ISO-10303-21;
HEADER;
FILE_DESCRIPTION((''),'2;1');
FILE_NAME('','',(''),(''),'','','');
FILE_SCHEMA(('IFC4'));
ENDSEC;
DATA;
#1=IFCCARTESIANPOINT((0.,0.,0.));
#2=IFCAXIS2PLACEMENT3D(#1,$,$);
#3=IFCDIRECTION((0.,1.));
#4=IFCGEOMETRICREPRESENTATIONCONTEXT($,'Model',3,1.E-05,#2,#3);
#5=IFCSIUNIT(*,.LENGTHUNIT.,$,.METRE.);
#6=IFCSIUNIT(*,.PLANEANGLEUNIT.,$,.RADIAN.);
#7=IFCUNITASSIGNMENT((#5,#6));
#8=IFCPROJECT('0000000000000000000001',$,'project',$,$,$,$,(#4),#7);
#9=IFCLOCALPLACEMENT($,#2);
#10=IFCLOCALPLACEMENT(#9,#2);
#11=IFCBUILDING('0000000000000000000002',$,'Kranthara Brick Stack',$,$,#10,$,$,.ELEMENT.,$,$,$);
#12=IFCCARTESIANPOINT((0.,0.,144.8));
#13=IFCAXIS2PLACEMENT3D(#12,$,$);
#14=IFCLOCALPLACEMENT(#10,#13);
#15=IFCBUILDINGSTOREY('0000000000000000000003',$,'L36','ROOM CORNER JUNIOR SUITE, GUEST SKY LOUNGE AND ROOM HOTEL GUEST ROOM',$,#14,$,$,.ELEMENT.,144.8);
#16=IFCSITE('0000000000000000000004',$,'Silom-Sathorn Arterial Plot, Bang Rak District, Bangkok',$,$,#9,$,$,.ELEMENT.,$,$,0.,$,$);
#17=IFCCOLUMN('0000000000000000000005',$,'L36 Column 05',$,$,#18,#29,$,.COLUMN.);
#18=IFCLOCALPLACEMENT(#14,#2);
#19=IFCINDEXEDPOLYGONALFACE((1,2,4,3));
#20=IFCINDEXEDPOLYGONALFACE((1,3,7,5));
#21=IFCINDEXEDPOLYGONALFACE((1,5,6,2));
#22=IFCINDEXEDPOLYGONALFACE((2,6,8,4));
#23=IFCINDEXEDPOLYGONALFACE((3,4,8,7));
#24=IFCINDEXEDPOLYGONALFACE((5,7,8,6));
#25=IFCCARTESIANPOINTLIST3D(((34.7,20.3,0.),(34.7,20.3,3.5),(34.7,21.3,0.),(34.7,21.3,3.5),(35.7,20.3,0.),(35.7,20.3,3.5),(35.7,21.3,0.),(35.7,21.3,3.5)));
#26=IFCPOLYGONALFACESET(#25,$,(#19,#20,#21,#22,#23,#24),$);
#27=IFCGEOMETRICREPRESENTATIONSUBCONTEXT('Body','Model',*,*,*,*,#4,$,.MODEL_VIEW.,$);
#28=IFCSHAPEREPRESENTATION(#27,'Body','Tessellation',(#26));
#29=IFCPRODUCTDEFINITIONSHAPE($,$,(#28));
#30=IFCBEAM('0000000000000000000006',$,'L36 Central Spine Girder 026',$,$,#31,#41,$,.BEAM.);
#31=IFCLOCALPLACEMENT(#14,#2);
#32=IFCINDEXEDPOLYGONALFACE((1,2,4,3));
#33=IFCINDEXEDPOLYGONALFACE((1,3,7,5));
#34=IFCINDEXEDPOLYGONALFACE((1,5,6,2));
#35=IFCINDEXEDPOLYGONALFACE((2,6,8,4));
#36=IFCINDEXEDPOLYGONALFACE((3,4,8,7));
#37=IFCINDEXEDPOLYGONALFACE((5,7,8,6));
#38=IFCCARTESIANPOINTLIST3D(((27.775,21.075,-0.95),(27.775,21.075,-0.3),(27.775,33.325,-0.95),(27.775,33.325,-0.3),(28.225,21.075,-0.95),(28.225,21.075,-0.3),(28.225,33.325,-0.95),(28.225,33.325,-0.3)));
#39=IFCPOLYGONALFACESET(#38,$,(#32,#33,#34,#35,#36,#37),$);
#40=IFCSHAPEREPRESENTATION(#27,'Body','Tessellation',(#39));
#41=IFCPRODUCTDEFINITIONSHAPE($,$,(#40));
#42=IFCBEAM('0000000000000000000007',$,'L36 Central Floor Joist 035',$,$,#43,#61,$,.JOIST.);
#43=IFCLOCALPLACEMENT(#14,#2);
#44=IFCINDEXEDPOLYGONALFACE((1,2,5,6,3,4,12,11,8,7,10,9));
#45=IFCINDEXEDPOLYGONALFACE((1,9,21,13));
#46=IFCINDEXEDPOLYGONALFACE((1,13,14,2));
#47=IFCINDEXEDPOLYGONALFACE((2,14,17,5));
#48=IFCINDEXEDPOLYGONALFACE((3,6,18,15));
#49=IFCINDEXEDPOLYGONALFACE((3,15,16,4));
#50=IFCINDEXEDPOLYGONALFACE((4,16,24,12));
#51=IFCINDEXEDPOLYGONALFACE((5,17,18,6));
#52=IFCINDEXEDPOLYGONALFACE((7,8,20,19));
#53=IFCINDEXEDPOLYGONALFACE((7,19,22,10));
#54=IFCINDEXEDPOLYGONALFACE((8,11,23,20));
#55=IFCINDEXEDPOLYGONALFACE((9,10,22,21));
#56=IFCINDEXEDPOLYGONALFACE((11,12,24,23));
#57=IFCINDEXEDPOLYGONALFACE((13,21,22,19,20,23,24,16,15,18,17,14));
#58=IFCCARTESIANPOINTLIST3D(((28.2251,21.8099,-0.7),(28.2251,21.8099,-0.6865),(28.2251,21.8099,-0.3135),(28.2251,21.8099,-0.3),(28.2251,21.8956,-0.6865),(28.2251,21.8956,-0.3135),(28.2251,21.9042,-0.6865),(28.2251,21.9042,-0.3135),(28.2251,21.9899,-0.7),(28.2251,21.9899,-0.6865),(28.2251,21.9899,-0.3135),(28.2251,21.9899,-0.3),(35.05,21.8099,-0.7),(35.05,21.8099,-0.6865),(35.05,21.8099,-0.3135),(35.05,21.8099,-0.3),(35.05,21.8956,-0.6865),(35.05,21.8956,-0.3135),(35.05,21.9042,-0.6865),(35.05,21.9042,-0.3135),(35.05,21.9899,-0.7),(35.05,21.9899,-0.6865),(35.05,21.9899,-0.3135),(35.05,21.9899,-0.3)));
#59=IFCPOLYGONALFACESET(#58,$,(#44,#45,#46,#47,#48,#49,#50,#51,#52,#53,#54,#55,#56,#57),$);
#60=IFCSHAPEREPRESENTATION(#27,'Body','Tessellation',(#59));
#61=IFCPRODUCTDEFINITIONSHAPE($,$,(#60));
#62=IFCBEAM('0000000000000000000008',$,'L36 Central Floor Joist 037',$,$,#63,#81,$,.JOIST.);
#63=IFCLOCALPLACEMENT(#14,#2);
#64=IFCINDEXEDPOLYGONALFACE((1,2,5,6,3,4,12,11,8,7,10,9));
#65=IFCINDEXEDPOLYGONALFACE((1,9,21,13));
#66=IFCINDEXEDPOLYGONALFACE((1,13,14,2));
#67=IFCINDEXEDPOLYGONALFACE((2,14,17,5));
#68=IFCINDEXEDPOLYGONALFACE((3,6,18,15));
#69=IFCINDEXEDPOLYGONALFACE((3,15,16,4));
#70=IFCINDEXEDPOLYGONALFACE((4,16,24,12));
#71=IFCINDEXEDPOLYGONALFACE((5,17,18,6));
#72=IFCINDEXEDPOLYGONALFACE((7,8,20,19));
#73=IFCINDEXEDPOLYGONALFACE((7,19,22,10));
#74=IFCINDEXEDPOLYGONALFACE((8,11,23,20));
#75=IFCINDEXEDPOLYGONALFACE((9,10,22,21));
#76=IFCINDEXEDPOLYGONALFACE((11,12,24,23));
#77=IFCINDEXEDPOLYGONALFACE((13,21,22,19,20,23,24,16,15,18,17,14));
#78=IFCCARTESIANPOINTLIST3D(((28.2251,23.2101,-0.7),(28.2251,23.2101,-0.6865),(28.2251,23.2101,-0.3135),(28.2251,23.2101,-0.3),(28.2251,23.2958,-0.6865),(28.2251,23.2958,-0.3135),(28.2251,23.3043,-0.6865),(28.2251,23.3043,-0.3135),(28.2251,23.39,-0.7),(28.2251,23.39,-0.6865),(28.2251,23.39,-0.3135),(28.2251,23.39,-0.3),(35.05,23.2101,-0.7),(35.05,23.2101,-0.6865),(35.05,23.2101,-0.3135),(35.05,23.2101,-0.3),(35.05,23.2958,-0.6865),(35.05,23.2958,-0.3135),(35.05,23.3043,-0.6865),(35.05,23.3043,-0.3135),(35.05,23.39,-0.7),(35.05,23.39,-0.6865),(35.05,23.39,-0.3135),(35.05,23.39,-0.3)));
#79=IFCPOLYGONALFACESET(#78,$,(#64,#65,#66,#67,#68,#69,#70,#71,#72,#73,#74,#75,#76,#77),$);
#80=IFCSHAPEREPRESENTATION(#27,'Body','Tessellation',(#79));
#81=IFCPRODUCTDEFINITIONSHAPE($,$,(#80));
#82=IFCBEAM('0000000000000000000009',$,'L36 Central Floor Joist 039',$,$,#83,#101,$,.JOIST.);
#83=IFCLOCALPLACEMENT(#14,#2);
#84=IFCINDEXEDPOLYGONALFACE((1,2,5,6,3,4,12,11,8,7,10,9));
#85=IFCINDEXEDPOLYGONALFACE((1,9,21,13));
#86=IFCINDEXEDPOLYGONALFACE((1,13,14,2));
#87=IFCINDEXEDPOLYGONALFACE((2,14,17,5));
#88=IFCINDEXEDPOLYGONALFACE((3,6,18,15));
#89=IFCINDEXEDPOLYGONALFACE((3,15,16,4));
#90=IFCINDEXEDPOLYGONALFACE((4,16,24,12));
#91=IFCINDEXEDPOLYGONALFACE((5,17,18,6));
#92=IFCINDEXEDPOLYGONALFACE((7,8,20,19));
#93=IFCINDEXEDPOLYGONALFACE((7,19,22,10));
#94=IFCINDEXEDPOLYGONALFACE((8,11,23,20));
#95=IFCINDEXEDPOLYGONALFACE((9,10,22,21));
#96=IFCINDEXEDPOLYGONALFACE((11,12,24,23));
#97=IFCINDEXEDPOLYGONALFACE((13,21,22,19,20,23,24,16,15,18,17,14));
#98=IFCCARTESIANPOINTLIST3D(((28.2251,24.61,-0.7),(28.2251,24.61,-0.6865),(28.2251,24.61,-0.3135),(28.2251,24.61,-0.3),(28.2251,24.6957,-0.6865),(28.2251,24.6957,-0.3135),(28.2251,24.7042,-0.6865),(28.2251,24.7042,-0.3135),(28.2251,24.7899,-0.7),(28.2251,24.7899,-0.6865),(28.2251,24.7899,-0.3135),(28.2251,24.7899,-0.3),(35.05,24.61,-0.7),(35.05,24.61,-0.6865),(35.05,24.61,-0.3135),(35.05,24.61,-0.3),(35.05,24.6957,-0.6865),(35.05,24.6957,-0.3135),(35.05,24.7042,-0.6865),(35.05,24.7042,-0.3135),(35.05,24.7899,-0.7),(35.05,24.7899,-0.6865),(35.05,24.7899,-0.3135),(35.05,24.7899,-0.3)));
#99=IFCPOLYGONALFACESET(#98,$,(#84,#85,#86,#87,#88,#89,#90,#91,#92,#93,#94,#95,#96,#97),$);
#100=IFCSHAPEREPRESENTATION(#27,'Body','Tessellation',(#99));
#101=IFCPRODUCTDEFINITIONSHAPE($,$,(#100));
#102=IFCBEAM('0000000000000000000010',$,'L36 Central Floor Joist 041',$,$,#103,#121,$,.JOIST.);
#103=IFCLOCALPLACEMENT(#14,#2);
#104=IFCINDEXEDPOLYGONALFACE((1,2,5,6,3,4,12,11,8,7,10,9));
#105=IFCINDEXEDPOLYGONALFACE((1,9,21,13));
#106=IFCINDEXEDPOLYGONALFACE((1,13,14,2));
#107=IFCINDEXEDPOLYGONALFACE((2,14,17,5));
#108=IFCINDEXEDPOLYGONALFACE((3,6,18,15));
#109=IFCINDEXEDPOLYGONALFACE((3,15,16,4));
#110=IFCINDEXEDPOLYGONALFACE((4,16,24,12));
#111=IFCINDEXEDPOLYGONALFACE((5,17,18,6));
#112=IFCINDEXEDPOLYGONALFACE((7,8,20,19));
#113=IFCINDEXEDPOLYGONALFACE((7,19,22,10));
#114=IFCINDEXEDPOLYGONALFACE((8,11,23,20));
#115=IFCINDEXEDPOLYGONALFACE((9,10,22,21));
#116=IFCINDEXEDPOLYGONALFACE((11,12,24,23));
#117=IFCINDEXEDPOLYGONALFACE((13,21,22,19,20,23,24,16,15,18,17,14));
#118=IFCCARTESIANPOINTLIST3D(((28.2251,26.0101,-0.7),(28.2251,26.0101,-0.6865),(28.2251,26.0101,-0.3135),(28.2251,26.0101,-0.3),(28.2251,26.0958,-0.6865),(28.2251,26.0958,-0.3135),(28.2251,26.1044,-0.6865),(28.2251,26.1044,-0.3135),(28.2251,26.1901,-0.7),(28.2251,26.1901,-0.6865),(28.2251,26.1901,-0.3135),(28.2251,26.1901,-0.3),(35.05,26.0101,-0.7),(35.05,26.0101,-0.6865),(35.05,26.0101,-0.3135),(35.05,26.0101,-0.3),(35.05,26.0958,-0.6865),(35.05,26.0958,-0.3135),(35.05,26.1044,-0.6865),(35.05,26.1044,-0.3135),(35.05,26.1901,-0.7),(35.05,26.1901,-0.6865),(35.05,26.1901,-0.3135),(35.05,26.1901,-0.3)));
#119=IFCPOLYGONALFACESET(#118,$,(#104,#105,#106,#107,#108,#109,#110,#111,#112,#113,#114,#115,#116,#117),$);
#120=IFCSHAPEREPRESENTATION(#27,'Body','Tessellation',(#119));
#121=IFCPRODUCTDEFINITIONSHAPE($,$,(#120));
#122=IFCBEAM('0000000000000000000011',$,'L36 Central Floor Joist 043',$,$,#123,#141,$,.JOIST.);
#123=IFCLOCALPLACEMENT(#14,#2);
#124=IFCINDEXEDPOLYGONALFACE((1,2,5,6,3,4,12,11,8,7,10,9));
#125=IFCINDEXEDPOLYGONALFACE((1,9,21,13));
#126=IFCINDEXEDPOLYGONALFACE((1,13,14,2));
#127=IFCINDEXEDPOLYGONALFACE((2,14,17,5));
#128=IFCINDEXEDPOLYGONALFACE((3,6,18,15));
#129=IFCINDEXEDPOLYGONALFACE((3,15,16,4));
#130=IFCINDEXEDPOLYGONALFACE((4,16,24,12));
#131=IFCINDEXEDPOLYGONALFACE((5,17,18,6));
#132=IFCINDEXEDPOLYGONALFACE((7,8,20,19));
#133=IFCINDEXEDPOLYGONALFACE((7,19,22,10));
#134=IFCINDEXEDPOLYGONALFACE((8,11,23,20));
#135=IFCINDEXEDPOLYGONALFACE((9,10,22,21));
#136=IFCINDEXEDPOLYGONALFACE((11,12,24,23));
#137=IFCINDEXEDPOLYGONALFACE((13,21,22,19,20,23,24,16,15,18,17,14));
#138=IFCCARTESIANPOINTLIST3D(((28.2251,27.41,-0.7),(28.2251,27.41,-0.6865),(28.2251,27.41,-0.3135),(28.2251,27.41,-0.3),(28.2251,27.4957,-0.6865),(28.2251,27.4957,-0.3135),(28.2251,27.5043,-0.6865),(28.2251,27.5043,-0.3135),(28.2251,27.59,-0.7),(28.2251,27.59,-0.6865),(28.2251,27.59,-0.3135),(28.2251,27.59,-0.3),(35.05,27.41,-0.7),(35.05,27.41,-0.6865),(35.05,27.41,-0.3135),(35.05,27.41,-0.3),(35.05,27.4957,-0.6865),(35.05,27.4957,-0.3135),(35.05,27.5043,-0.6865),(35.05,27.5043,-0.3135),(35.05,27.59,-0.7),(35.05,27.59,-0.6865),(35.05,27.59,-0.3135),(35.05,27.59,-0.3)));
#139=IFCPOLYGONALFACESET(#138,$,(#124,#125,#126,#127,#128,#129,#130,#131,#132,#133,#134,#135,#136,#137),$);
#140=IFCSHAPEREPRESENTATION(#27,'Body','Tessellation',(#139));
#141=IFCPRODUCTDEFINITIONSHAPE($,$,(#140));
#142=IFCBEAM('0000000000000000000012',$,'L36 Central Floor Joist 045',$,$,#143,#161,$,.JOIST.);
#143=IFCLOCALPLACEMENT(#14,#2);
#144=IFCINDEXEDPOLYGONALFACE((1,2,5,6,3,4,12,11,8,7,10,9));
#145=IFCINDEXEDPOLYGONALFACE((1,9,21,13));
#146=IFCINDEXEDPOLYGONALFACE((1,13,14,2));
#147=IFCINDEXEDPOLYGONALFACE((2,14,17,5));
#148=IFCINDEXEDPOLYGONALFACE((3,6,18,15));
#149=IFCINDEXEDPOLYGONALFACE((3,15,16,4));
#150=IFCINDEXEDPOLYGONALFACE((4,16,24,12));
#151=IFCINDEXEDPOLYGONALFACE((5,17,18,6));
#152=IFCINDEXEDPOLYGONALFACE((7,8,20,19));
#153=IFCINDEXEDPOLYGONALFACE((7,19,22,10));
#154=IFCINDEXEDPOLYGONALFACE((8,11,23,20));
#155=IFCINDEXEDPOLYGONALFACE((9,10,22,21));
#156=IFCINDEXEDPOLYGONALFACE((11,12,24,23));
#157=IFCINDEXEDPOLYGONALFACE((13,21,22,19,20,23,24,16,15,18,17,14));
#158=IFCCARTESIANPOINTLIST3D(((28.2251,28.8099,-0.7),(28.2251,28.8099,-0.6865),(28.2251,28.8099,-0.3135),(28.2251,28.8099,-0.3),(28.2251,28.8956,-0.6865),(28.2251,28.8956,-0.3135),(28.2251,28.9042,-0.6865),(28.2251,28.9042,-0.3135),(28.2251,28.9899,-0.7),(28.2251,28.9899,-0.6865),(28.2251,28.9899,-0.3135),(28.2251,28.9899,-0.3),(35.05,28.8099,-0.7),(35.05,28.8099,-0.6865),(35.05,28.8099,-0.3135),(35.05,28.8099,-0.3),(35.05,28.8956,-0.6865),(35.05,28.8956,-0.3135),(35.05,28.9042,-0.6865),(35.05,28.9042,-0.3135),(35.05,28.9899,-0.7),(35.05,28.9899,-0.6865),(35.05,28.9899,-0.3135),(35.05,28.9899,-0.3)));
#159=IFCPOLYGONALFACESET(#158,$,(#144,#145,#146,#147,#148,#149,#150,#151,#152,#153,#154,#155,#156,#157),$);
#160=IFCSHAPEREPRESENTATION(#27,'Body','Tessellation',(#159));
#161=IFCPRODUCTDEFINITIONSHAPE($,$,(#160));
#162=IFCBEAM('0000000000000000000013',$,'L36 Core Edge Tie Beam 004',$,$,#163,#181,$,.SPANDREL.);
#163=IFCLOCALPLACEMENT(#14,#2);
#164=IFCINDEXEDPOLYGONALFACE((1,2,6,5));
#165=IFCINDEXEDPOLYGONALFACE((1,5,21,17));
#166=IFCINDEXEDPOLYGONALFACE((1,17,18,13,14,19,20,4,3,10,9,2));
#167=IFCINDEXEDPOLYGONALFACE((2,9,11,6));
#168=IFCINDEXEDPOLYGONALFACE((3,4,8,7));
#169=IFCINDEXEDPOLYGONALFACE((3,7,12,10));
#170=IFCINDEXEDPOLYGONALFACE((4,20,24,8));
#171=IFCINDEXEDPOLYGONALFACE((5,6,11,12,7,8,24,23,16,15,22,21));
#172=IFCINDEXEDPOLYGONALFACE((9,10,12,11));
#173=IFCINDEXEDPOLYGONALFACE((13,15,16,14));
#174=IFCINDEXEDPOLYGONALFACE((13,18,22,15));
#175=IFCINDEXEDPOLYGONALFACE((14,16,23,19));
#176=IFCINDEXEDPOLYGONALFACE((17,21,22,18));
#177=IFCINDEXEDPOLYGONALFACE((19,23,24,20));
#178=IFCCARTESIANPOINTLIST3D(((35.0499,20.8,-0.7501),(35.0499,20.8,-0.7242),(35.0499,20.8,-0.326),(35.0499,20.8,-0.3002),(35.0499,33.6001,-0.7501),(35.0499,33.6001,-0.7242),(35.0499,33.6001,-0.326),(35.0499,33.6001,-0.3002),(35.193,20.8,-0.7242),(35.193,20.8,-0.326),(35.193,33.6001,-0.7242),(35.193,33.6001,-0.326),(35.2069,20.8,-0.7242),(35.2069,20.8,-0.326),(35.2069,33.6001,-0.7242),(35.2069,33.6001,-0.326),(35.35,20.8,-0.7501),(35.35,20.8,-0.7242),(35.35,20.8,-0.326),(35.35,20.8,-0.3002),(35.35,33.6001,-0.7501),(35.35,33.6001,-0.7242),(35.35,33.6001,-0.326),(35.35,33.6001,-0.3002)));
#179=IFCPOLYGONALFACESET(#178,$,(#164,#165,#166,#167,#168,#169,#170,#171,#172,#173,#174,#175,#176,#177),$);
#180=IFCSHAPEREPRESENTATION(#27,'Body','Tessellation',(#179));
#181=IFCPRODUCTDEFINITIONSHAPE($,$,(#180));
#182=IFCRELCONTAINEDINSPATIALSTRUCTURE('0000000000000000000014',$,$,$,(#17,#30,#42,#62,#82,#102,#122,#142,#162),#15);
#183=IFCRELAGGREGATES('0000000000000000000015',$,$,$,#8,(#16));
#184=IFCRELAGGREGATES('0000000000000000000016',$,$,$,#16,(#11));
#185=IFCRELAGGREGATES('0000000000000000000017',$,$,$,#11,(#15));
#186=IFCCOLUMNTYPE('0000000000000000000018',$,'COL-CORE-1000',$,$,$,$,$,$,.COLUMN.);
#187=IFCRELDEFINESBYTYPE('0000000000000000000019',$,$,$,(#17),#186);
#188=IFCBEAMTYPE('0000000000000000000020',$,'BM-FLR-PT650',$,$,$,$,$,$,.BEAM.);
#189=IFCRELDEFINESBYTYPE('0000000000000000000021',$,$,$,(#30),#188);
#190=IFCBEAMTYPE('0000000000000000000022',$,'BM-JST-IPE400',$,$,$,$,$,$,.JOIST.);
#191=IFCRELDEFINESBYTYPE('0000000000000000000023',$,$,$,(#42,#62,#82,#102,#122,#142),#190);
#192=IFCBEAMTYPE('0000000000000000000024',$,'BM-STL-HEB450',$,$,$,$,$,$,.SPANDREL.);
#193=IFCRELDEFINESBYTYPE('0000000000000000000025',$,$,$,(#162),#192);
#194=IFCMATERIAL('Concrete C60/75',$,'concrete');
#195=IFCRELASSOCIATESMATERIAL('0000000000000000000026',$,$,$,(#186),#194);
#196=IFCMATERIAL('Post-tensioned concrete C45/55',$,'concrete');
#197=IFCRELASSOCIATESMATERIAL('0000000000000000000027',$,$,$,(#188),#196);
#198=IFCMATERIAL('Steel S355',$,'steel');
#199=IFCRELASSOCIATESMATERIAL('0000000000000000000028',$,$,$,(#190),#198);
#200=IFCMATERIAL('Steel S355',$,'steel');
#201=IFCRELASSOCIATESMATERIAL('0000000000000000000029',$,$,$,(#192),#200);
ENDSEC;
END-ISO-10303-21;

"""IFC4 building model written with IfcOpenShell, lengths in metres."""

from ifc_helpers import new_model, si_unit, direction, frame, origin, origin_2d, place, context, subcontext, project, spatial, rectangle, i_section, extrude, material, material_profile, profile_set, type_object, element, save


model = new_model("IFC4")

# Units and contexts
model_context = context("Model", 3, precision=1e-05, world=origin(), true_north=direction((0.0, 1.0)))
body_context = subcontext(model_context, "Body", "Model", "MODEL_VIEW")
ifc_project = project(units=[si_unit("LENGTHUNIT", "METRE"), si_unit("PLANEANGLEUNIT", "RADIAN")], contexts=[model_context])

# Site, building, storey
site_placement = place(None, origin())
site = spatial("IfcSite", under=ifc_project, at=site_placement, Name="Silom-Sathorn Arterial Plot, Bang Rak District, Bangkok", CompositionType="ELEMENT", RefElevation=0.0)
building_placement = place(site_placement, origin())
building = spatial("IfcBuilding", under=site, at=building_placement, Name="Kranthara Brick Stack", CompositionType="ELEMENT")
storey_placement = place(building_placement, frame((0.0, 0.0, 144.8)))
storey = spatial("IfcBuildingStorey", under=building, at=storey_placement, Name="L36", Description="ROOM CORNER JUNIOR SUITE, GUEST SKY LOUNGE AND ROOM HOTEL GUEST ROOM", CompositionType="ELEMENT", Elevation=144.8)

# Column
ifc_material_1 = material(Name="Concrete C60/75", Category="concrete")
ifc_material_profile_1 = material_profile(ifc_material_1, rectangle(XDim=1.0, YDim=1.0, at=origin_2d()), Name="RC 1000x1000")
ifc_profile_set_1 = profile_set([ifc_material_profile_1], Name="Concrete C60/75")
column_type = type_object("IfcColumnType", Name="COL-CORE-1000", PredefinedType="COLUMN", material=ifc_profile_set_1)
column_placement = place(storey_placement, frame((35.2, 20.8, 0.0), z_axis=(0.0, 0.0, 1.0), x_axis=(1.0, 0.0, 0.0)))
element("IfcColumn", 1, at=column_placement, inside=storey, type_object=column_type, Name="L36 Column 05", PredefinedType="COLUMN", context=body_context, shape_type="SweptSolid", body=[
    extrude(rectangle(XDim=1.0, YDim=1.0, at=origin_2d()), origin(), (0.0, 0.0, 1.0), 3.5),
])

# Beams
ifc_material_2 = material(Name="Post-tensioned concrete C45/55", Category="concrete")
ifc_material_profile_2 = material_profile(ifc_material_2, rectangle(XDim=0.45, YDim=0.6499, at=origin_2d()), Name="PT 450x650")
ifc_profile_set_2 = profile_set([ifc_material_profile_2], Name="Post-tensioned concrete C45/55")
beam_type_1 = type_object("IfcBeamType", Name="BM-FLR-PT650", PredefinedType="BEAM", material=ifc_profile_set_2)
beam_1_placement = place(storey_placement, frame((28.0, 21.075, -0.625), z_axis=(0.0, 1.0, 0.0), x_axis=(-1.0, 0.0, 0.0)))
element("IfcBeam", 2, at=beam_1_placement, inside=storey, type_object=beam_type_1, Name="L36 Central Spine Girder 026", PredefinedType="BEAM", context=body_context, shape_type="SweptSolid", body=[
    extrude(rectangle(XDim=0.45, YDim=0.6499, at=origin_2d()), origin(), (0.0, 0.0, 1.0), 12.25),
])
ifc_material_3 = material(Name="Steel S355", Category="steel")
ifc_material_profile_3 = material_profile(ifc_material_3, i_section(OverallWidth=0.1799, OverallDepth=0.3999, WebThickness=0.0085, FlangeThickness=0.0134, at=origin_2d()), Name="IPE 400")
ifc_profile_set_3 = profile_set([ifc_material_profile_3], Name="Steel S355")
beam_type_2 = type_object("IfcBeamType", Name="BM-JST-IPE400", PredefinedType="JOIST", material=ifc_profile_set_3)
for number, where, z_axis, x_axis, name in (
    (3, (28.2251, 21.8999, -0.5), (1.0, 0.0, 0.0), (0.0, 1.0, 0.0), "L36 Central Floor Joist 035"),
    (4, (28.2251, 23.3, -0.5), (1.0, 0.0, 0.0), (0.0, 1.0, 0.0), "L36 Central Floor Joist 037"),
    (5, (28.2251, 24.7, -0.5), (1.0, 0.0, 0.0), (0.0, 1.0, 0.0), "L36 Central Floor Joist 039"),
    (6, (28.2251, 26.1001, -0.5), (1.0, 0.0, 0.0), (0.0, 1.0, 0.0), "L36 Central Floor Joist 041"),
    (7, (28.2251, 27.5, -0.5), (1.0, 0.0, 0.0), (0.0, 1.0, 0.0), "L36 Central Floor Joist 043"),
    (8, (28.2251, 28.8999, -0.5), (1.0, 0.0, 0.0), (0.0, 1.0, 0.0), "L36 Central Floor Joist 045"),
):
    element("IfcBeam", number, at=place(storey_placement, frame(where, z_axis=z_axis, x_axis=x_axis)), inside=storey, type_object=beam_type_2, Name=name, PredefinedType="JOIST", context=body_context, shape_type="SweptSolid", body=[
        extrude(i_section(OverallWidth=0.1799, OverallDepth=0.3999, WebThickness=0.0085, FlangeThickness=0.0134, at=origin_2d()), origin(), (0.0, 0.0, 1.0), 6.825),
    ])
ifc_material_4 = material(Name="Steel S355", Category="steel")
ifc_material_profile_4 = material_profile(ifc_material_4, i_section(OverallWidth=0.3, OverallDepth=0.45, WebThickness=0.0139, FlangeThickness=0.0259, at=origin_2d()), Name="HEB 450")
ifc_profile_set_4 = profile_set([ifc_material_profile_4], Name="Steel S355")
beam_type_3 = type_object("IfcBeamType", Name="BM-STL-HEB450", PredefinedType="SPANDREL", material=ifc_profile_set_4)
beam_2_placement = place(storey_placement, frame((35.2, 20.8, -0.5251), z_axis=(0.0, 1.0, 0.0), x_axis=(-1.0, 0.0, 0.0)))
element("IfcBeam", 9, at=beam_2_placement, inside=storey, type_object=beam_type_3, Name="L36 Core Edge Tie Beam 004", PredefinedType="SPANDREL", context=body_context, shape_type="SweptSolid", body=[
    extrude(i_section(OverallWidth=0.3, OverallDepth=0.45, WebThickness=0.0139, FlangeThickness=0.0259, at=origin_2d()), origin(), (0.0, 0.0, 1.0), 12.8),
])

save(model, "model.ifc")
